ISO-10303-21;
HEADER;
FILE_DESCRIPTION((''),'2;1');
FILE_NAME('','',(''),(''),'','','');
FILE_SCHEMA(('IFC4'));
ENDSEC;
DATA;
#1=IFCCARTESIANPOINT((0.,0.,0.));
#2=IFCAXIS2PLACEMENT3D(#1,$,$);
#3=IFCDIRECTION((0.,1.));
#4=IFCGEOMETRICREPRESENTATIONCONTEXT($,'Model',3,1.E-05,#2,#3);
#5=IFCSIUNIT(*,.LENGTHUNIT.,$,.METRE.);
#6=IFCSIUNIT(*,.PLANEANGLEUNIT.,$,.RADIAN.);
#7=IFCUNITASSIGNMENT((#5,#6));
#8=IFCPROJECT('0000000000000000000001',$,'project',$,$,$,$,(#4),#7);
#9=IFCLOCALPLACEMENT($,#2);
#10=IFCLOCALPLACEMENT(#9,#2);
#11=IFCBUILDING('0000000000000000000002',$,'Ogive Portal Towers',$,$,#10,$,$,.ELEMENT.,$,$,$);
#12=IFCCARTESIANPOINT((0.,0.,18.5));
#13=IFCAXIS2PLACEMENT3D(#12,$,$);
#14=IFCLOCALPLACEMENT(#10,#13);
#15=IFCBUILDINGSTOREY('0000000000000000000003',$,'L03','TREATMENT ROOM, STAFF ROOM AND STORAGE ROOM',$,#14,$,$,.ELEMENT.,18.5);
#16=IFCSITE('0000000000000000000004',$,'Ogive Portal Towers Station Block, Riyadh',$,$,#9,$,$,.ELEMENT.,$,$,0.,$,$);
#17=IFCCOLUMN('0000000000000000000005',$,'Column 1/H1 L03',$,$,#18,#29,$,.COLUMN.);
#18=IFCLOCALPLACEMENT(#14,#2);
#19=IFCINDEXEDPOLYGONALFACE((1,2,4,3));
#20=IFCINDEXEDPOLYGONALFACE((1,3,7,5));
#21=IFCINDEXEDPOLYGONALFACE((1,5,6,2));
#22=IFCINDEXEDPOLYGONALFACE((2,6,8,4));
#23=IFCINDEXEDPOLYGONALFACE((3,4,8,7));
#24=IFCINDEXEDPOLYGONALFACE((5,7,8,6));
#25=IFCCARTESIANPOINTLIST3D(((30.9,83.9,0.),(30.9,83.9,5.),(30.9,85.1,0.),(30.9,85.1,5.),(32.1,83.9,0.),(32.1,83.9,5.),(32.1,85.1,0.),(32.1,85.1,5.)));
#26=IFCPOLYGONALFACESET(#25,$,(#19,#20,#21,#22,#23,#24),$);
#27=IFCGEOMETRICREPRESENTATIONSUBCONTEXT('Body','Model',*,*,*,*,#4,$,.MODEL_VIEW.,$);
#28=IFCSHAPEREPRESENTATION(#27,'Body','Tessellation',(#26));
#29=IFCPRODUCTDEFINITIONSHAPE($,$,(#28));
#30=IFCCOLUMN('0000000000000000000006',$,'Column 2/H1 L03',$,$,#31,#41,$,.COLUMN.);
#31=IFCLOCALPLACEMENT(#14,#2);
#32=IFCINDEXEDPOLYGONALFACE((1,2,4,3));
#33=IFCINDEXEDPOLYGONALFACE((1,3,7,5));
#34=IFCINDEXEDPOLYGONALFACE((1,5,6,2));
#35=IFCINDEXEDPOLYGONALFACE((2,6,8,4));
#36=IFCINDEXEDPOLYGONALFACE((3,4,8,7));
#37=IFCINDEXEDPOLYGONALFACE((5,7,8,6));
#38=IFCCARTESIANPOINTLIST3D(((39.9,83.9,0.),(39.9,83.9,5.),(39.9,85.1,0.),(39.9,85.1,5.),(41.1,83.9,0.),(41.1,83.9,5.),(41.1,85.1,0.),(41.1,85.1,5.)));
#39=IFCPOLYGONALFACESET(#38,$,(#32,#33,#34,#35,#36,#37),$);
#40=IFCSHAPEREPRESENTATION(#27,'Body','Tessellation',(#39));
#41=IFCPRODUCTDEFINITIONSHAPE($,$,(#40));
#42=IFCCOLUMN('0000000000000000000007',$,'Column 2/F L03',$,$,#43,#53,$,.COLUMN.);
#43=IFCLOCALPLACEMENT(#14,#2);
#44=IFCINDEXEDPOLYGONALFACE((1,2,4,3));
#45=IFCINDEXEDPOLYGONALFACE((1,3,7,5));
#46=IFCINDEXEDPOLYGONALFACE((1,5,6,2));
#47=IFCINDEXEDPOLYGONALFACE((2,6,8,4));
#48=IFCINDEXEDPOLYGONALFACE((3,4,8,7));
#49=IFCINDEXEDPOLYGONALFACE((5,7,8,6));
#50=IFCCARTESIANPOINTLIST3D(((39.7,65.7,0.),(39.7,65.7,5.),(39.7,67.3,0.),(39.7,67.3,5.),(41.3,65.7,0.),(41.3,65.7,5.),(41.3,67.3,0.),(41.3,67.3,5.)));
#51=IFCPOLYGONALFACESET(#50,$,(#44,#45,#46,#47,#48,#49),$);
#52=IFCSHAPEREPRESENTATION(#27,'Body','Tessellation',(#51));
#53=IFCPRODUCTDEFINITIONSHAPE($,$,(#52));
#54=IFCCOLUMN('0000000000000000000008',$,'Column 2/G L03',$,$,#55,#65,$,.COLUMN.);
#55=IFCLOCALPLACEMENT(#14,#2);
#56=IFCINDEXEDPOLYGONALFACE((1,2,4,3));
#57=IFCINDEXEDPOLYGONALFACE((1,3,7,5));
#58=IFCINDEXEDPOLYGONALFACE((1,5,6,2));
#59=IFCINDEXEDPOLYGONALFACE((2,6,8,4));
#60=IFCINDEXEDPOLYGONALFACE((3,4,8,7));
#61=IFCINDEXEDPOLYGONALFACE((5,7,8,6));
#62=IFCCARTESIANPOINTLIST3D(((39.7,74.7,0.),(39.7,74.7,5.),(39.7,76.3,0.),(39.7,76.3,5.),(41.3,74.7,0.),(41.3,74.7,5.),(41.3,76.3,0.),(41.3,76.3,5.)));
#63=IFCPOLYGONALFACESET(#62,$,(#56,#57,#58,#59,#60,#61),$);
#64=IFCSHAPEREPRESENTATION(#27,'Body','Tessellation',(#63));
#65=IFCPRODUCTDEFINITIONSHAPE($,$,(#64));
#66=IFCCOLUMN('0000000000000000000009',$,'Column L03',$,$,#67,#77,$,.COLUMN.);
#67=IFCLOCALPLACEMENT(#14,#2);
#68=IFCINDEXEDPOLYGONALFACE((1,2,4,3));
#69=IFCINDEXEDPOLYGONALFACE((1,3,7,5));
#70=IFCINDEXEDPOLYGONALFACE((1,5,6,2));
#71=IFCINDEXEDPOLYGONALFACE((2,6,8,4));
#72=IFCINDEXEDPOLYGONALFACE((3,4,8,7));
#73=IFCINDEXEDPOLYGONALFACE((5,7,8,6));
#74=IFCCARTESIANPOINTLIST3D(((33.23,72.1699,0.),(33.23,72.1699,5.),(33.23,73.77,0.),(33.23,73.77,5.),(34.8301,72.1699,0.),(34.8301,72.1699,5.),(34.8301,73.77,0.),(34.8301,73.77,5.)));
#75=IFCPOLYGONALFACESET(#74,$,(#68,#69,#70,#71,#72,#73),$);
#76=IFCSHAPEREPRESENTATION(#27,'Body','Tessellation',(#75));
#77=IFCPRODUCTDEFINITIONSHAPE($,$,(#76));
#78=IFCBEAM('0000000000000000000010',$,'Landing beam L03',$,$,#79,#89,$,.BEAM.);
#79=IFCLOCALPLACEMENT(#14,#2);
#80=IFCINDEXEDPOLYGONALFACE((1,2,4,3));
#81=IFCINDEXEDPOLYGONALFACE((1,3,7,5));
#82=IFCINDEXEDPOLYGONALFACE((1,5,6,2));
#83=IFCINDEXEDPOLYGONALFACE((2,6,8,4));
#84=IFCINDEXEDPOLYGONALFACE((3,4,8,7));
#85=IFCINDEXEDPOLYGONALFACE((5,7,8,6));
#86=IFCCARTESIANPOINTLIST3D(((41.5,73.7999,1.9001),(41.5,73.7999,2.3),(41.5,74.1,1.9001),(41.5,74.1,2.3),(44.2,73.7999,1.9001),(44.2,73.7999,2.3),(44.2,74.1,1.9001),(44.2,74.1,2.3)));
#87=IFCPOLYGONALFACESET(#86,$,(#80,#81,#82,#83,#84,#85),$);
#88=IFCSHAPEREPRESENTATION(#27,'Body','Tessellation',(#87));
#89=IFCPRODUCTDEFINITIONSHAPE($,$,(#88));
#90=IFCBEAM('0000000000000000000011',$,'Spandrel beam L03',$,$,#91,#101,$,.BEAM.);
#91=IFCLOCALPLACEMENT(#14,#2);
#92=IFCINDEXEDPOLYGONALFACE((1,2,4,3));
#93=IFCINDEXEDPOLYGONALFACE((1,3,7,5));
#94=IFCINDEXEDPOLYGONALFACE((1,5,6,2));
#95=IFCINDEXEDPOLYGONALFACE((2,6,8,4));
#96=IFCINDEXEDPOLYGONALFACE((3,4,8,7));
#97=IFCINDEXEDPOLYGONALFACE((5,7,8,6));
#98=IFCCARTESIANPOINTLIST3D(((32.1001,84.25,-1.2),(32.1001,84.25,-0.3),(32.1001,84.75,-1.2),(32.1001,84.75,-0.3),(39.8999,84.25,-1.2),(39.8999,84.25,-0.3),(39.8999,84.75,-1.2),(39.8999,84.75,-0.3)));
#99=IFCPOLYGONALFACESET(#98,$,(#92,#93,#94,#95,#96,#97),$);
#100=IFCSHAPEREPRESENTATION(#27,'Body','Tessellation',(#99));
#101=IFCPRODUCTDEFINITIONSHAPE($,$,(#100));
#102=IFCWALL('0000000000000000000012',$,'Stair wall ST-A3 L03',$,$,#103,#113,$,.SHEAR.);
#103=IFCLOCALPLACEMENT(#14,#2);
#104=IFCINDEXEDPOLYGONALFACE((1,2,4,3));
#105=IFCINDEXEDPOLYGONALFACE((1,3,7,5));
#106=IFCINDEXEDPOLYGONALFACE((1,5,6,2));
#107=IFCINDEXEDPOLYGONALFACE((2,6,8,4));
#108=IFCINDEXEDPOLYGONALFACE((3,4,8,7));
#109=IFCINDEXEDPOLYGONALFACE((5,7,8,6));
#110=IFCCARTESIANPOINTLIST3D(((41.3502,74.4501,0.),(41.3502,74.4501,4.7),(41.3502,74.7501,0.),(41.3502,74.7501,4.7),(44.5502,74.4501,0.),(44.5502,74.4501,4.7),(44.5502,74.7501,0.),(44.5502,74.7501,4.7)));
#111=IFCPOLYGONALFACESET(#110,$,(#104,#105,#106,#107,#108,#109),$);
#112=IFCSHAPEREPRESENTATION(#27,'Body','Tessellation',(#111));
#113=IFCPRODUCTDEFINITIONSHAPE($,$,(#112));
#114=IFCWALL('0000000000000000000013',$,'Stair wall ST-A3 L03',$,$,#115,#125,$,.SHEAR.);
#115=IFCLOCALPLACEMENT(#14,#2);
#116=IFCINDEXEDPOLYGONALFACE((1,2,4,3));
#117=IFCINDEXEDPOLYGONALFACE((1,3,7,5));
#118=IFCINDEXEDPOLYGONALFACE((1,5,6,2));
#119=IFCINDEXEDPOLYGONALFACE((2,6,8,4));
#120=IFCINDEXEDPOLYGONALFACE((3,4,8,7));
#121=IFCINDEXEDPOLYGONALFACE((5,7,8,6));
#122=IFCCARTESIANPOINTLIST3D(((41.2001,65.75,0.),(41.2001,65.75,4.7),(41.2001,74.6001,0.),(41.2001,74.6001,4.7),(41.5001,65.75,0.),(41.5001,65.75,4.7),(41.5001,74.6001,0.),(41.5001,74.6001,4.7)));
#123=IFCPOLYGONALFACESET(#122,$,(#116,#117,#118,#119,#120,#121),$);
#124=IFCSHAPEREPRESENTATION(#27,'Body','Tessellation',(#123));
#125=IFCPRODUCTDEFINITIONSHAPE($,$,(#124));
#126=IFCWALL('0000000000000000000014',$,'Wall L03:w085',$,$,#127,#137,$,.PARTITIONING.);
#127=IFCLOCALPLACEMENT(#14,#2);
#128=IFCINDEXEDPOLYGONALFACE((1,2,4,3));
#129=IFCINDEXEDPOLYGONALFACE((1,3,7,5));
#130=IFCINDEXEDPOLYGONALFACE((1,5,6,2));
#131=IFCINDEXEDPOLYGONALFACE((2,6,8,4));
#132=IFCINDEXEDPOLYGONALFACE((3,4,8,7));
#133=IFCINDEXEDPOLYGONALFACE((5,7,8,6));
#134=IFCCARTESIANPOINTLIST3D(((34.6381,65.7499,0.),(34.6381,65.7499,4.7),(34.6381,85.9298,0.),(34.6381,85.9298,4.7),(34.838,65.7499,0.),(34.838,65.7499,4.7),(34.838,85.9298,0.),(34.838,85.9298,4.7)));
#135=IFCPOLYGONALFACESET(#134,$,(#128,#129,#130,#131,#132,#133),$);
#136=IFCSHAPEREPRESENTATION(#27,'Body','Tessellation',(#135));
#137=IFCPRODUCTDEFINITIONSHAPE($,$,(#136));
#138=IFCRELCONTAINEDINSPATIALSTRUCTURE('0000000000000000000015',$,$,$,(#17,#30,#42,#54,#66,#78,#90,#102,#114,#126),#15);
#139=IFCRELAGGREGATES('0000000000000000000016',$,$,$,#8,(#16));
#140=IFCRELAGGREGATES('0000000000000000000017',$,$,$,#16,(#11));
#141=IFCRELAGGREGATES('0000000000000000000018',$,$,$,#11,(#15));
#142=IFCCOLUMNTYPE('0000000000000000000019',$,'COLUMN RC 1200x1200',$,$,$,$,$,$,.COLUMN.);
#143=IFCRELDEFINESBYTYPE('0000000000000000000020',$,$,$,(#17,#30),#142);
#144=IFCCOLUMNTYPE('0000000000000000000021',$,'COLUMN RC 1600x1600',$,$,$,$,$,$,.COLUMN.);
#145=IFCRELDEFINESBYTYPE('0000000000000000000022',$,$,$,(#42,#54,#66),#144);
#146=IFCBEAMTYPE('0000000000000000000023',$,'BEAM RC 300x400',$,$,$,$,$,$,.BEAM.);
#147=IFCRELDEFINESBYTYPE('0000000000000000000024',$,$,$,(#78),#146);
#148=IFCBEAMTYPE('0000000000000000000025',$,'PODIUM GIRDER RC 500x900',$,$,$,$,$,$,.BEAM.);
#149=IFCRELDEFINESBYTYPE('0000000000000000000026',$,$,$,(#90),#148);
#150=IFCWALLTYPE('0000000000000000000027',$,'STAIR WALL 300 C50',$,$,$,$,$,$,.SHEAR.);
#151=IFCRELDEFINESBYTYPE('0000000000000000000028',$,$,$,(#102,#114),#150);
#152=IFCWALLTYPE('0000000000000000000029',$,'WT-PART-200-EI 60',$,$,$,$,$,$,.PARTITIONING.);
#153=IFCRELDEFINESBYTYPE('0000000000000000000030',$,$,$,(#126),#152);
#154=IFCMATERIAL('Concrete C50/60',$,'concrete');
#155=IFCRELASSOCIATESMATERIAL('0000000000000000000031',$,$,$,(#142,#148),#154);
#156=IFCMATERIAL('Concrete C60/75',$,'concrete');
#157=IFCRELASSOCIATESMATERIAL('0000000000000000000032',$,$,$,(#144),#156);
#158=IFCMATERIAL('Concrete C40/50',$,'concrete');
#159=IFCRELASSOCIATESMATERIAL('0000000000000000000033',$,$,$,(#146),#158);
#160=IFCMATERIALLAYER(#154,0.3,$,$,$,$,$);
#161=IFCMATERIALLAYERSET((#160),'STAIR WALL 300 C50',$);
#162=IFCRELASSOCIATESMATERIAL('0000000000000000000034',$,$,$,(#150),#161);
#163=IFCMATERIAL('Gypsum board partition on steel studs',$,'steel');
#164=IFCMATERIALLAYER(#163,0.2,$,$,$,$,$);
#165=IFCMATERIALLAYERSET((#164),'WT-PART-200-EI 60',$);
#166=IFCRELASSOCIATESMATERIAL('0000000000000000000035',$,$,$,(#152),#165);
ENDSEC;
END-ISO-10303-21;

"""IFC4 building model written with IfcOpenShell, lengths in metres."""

from ifc_helpers import new_model, si_unit, direction, frame, frame_2d, origin, origin_2d, place, context, subcontext, project, spatial, rectangle, extrude, material, layer, layer_set, material_profile, profile_set, type_object, element, save


model = new_model("IFC4")

# Units and contexts
model_context = context("Model", 3, precision=1e-05, world=origin(), true_north=direction((0.0, 1.0)))
body_context = subcontext(model_context, "Body", "Model", "MODEL_VIEW")
ifc_project = project(units=[si_unit("LENGTHUNIT", "METRE"), si_unit("PLANEANGLEUNIT", "RADIAN")], contexts=[model_context])

# Site, building, storey
site_placement = place(None, origin())
site = spatial("IfcSite", under=ifc_project, at=site_placement, Name="Ogive Portal Towers Station Block, Riyadh", CompositionType="ELEMENT", RefElevation=0.0)
building_placement = place(site_placement, origin())
building = spatial("IfcBuilding", under=site, at=building_placement, Name="Ogive Portal Towers", CompositionType="ELEMENT")
storey_placement = place(building_placement, frame((0.0, 0.0, 18.5)))
storey = spatial("IfcBuildingStorey", under=building, at=storey_placement, Name="L03", Description="TREATMENT ROOM, STAFF ROOM AND STORAGE ROOM", CompositionType="ELEMENT", Elevation=18.5)

# Columns
ifc_material_1 = material(Name="Concrete C50/60", Category="concrete")
ifc_material_profile_1 = material_profile(ifc_material_1, rectangle(XDim=1.2, YDim=1.2, at=origin_2d()), Name="RC 1200x1200")
ifc_profile_set_1 = profile_set([ifc_material_profile_1], Name="Concrete C50/60")
column_type_1 = type_object("IfcColumnType", Name="COLUMN RC 1200x1200", PredefinedType="COLUMN", material=ifc_profile_set_1)
for number, where, z_axis, x_axis, name in (
    (1, (31.5, 84.5, 0.0), (0.0, 0.0, 1.0), (1.0, 0.0, 0.0), "Column 1/H1 L03"),
    (2, (40.5, 84.5, 0.0), (0.0, 0.0, 1.0), (1.0, 0.0, 0.0), "Column 2/H1 L03"),
):
    element("IfcColumn", number, at=place(storey_placement, frame(where, z_axis=z_axis, x_axis=x_axis)), inside=storey, type_object=column_type_1, Name=name, PredefinedType="COLUMN", context=body_context, shape_type="SweptSolid", body=[
        extrude(rectangle(XDim=1.2, YDim=1.2, at=origin_2d()), origin(), (0.0, 0.0, 1.0), 5.0),
    ])
ifc_material_2 = material(Name="Concrete C60/75", Category="concrete")
ifc_material_profile_2 = material_profile(ifc_material_2, rectangle(XDim=1.6001, YDim=1.6001, at=origin_2d()), Name="RC 1600x1600")
ifc_profile_set_2 = profile_set([ifc_material_profile_2], Name="Concrete C60/75")
column_type_2 = type_object("IfcColumnType", Name="COLUMN RC 1600x1600", PredefinedType="COLUMN", material=ifc_profile_set_2)
for number, where, z_axis, x_axis, name in (
    (3, (40.5, 66.5, 0.0), (0.0, 0.0, 1.0), (1.0, 0.0, 0.0), "Column 2/F L03"),
    (4, (40.5, 75.5, 0.0), (0.0, 0.0, 1.0), (1.0, 0.0, 0.0), "Column 2/G L03"),
    (5, (34.03, 72.97, 0.0), (0.0, 0.0, 1.0), (1.0, 0.0, 0.0), "Column L03"),
):
    element("IfcColumn", number, at=place(storey_placement, frame(where, z_axis=z_axis, x_axis=x_axis)), inside=storey, type_object=column_type_2, Name=name, PredefinedType="COLUMN", context=body_context, shape_type="SweptSolid", body=[
        extrude(rectangle(XDim=1.6001, YDim=1.6001, at=origin_2d()), origin(), (0.0, 0.0, 1.0), 5.0),
    ])

# Beams
ifc_material_3 = material(Name="Concrete C40/50", Category="concrete")
ifc_material_profile_3 = material_profile(ifc_material_3, rectangle(XDim=0.3, YDim=0.3999, at=origin_2d()), Name="RC 300x400")
ifc_profile_set_3 = profile_set([ifc_material_profile_3], Name="Concrete C40/50")
beam_type_1 = type_object("IfcBeamType", Name="BEAM RC 300x400", PredefinedType="BEAM", material=ifc_profile_set_3)
beam_1_placement = place(storey_placement, frame((41.5, 73.95, 2.1001), z_axis=(1.0, 0.0, 0.0), x_axis=(0.0, 1.0, 0.0)))
element("IfcBeam", 6, at=beam_1_placement, inside=storey, type_object=beam_type_1, Name="Landing beam L03", PredefinedType="BEAM", context=body_context, shape_type="SweptSolid", body=[
    extrude(rectangle(XDim=0.3, YDim=0.3999, at=origin_2d()), origin(), (0.0, 0.0, 1.0), 2.7),
])
ifc_material_profile_4 = material_profile(ifc_material_1, rectangle(XDim=0.5, YDim=0.8999, at=origin_2d()), Name="RC 500x900")
ifc_profile_set_4 = profile_set([ifc_material_profile_4], Name="Concrete C50/60")
beam_type_2 = type_object("IfcBeamType", Name="PODIUM GIRDER RC 500x900", PredefinedType="BEAM", material=ifc_profile_set_4)
beam_2_placement = place(storey_placement, frame((39.8999, 84.5, -0.75), z_axis=(-1.0, 0.0, 0.0), x_axis=(0.0, -1.0, 0.0)))
element("IfcBeam", 7, at=beam_2_placement, inside=storey, type_object=beam_type_2, Name="Spandrel beam L03", PredefinedType="BEAM", context=body_context, shape_type="SweptSolid", body=[
    extrude(rectangle(XDim=0.5, YDim=0.8999, at=origin_2d()), origin(), (0.0, 0.0, 1.0), 7.7998),
])

# Walls
ifc_layer_1 = layer(ifc_material_1, 0.3)
ifc_layer_set_1 = layer_set([ifc_layer_1], Name="STAIR WALL 300 C50")
wall_type_1 = type_object("IfcWallType", Name="STAIR WALL 300 C50", PredefinedType="SHEAR", material=ifc_layer_set_1)
wall_1_placement = place(storey_placement, frame((41.3501, 74.6001, 0.0), z_axis=(0.0, 0.0, 1.0), x_axis=(1.0, 0.0, 0.0)))
element("IfcWall", 8, at=wall_1_placement, inside=storey, type_object=wall_type_1, Name="Stair wall ST-A3 L03", PredefinedType="SHEAR", context=body_context, shape_type="SweptSolid", body=[
    extrude(rectangle(XDim=3.2, YDim=0.3, at=frame_2d((1.6001, 0.0))), origin(), (0.0, 0.0, 1.0), 4.7),
])
wall_2_placement = place(storey_placement, frame((41.3501, 65.75, 0.0), z_axis=(0.0, 0.0, 1.0), x_axis=(0.0, 1.0, 0.0)))
element("IfcWall", 9, at=wall_2_placement, inside=storey, type_object=wall_type_1, Name="Stair wall ST-A3 L03", PredefinedType="SHEAR", context=body_context, shape_type="SweptSolid", body=[
    extrude(rectangle(XDim=8.8501, YDim=0.3, at=frame_2d((4.425, 0.0))), origin(), (0.0, 0.0, 1.0), 4.7),
])
ifc_material_4 = material(Name="Gypsum board partition on steel studs", Category="steel")
ifc_layer_2 = layer(ifc_material_4, 0.2)
ifc_layer_set_2 = layer_set([ifc_layer_2], Name="WT-PART-200-EI 60")
wall_type_2 = type_object("IfcWallType", Name="WT-PART-200-EI 60", PredefinedType="PARTITIONING", material=ifc_layer_set_2)
wall_3_placement = place(storey_placement, frame((34.738, 65.75, 0.0), z_axis=(0.0, 0.0, 1.0), x_axis=(0.0, 1.0, 0.0)))
element("IfcWall", 10, at=wall_3_placement, inside=storey, type_object=wall_type_2, Name="Wall L03:w085", PredefinedType="PARTITIONING", context=body_context, shape_type="SweptSolid", body=[
    extrude(rectangle(XDim=20.1799, YDim=0.2, at=frame_2d((10.0898, 0.0))), origin(), (0.0, 0.0, 1.0), 4.7),
])

save(model, "model.ifc")
